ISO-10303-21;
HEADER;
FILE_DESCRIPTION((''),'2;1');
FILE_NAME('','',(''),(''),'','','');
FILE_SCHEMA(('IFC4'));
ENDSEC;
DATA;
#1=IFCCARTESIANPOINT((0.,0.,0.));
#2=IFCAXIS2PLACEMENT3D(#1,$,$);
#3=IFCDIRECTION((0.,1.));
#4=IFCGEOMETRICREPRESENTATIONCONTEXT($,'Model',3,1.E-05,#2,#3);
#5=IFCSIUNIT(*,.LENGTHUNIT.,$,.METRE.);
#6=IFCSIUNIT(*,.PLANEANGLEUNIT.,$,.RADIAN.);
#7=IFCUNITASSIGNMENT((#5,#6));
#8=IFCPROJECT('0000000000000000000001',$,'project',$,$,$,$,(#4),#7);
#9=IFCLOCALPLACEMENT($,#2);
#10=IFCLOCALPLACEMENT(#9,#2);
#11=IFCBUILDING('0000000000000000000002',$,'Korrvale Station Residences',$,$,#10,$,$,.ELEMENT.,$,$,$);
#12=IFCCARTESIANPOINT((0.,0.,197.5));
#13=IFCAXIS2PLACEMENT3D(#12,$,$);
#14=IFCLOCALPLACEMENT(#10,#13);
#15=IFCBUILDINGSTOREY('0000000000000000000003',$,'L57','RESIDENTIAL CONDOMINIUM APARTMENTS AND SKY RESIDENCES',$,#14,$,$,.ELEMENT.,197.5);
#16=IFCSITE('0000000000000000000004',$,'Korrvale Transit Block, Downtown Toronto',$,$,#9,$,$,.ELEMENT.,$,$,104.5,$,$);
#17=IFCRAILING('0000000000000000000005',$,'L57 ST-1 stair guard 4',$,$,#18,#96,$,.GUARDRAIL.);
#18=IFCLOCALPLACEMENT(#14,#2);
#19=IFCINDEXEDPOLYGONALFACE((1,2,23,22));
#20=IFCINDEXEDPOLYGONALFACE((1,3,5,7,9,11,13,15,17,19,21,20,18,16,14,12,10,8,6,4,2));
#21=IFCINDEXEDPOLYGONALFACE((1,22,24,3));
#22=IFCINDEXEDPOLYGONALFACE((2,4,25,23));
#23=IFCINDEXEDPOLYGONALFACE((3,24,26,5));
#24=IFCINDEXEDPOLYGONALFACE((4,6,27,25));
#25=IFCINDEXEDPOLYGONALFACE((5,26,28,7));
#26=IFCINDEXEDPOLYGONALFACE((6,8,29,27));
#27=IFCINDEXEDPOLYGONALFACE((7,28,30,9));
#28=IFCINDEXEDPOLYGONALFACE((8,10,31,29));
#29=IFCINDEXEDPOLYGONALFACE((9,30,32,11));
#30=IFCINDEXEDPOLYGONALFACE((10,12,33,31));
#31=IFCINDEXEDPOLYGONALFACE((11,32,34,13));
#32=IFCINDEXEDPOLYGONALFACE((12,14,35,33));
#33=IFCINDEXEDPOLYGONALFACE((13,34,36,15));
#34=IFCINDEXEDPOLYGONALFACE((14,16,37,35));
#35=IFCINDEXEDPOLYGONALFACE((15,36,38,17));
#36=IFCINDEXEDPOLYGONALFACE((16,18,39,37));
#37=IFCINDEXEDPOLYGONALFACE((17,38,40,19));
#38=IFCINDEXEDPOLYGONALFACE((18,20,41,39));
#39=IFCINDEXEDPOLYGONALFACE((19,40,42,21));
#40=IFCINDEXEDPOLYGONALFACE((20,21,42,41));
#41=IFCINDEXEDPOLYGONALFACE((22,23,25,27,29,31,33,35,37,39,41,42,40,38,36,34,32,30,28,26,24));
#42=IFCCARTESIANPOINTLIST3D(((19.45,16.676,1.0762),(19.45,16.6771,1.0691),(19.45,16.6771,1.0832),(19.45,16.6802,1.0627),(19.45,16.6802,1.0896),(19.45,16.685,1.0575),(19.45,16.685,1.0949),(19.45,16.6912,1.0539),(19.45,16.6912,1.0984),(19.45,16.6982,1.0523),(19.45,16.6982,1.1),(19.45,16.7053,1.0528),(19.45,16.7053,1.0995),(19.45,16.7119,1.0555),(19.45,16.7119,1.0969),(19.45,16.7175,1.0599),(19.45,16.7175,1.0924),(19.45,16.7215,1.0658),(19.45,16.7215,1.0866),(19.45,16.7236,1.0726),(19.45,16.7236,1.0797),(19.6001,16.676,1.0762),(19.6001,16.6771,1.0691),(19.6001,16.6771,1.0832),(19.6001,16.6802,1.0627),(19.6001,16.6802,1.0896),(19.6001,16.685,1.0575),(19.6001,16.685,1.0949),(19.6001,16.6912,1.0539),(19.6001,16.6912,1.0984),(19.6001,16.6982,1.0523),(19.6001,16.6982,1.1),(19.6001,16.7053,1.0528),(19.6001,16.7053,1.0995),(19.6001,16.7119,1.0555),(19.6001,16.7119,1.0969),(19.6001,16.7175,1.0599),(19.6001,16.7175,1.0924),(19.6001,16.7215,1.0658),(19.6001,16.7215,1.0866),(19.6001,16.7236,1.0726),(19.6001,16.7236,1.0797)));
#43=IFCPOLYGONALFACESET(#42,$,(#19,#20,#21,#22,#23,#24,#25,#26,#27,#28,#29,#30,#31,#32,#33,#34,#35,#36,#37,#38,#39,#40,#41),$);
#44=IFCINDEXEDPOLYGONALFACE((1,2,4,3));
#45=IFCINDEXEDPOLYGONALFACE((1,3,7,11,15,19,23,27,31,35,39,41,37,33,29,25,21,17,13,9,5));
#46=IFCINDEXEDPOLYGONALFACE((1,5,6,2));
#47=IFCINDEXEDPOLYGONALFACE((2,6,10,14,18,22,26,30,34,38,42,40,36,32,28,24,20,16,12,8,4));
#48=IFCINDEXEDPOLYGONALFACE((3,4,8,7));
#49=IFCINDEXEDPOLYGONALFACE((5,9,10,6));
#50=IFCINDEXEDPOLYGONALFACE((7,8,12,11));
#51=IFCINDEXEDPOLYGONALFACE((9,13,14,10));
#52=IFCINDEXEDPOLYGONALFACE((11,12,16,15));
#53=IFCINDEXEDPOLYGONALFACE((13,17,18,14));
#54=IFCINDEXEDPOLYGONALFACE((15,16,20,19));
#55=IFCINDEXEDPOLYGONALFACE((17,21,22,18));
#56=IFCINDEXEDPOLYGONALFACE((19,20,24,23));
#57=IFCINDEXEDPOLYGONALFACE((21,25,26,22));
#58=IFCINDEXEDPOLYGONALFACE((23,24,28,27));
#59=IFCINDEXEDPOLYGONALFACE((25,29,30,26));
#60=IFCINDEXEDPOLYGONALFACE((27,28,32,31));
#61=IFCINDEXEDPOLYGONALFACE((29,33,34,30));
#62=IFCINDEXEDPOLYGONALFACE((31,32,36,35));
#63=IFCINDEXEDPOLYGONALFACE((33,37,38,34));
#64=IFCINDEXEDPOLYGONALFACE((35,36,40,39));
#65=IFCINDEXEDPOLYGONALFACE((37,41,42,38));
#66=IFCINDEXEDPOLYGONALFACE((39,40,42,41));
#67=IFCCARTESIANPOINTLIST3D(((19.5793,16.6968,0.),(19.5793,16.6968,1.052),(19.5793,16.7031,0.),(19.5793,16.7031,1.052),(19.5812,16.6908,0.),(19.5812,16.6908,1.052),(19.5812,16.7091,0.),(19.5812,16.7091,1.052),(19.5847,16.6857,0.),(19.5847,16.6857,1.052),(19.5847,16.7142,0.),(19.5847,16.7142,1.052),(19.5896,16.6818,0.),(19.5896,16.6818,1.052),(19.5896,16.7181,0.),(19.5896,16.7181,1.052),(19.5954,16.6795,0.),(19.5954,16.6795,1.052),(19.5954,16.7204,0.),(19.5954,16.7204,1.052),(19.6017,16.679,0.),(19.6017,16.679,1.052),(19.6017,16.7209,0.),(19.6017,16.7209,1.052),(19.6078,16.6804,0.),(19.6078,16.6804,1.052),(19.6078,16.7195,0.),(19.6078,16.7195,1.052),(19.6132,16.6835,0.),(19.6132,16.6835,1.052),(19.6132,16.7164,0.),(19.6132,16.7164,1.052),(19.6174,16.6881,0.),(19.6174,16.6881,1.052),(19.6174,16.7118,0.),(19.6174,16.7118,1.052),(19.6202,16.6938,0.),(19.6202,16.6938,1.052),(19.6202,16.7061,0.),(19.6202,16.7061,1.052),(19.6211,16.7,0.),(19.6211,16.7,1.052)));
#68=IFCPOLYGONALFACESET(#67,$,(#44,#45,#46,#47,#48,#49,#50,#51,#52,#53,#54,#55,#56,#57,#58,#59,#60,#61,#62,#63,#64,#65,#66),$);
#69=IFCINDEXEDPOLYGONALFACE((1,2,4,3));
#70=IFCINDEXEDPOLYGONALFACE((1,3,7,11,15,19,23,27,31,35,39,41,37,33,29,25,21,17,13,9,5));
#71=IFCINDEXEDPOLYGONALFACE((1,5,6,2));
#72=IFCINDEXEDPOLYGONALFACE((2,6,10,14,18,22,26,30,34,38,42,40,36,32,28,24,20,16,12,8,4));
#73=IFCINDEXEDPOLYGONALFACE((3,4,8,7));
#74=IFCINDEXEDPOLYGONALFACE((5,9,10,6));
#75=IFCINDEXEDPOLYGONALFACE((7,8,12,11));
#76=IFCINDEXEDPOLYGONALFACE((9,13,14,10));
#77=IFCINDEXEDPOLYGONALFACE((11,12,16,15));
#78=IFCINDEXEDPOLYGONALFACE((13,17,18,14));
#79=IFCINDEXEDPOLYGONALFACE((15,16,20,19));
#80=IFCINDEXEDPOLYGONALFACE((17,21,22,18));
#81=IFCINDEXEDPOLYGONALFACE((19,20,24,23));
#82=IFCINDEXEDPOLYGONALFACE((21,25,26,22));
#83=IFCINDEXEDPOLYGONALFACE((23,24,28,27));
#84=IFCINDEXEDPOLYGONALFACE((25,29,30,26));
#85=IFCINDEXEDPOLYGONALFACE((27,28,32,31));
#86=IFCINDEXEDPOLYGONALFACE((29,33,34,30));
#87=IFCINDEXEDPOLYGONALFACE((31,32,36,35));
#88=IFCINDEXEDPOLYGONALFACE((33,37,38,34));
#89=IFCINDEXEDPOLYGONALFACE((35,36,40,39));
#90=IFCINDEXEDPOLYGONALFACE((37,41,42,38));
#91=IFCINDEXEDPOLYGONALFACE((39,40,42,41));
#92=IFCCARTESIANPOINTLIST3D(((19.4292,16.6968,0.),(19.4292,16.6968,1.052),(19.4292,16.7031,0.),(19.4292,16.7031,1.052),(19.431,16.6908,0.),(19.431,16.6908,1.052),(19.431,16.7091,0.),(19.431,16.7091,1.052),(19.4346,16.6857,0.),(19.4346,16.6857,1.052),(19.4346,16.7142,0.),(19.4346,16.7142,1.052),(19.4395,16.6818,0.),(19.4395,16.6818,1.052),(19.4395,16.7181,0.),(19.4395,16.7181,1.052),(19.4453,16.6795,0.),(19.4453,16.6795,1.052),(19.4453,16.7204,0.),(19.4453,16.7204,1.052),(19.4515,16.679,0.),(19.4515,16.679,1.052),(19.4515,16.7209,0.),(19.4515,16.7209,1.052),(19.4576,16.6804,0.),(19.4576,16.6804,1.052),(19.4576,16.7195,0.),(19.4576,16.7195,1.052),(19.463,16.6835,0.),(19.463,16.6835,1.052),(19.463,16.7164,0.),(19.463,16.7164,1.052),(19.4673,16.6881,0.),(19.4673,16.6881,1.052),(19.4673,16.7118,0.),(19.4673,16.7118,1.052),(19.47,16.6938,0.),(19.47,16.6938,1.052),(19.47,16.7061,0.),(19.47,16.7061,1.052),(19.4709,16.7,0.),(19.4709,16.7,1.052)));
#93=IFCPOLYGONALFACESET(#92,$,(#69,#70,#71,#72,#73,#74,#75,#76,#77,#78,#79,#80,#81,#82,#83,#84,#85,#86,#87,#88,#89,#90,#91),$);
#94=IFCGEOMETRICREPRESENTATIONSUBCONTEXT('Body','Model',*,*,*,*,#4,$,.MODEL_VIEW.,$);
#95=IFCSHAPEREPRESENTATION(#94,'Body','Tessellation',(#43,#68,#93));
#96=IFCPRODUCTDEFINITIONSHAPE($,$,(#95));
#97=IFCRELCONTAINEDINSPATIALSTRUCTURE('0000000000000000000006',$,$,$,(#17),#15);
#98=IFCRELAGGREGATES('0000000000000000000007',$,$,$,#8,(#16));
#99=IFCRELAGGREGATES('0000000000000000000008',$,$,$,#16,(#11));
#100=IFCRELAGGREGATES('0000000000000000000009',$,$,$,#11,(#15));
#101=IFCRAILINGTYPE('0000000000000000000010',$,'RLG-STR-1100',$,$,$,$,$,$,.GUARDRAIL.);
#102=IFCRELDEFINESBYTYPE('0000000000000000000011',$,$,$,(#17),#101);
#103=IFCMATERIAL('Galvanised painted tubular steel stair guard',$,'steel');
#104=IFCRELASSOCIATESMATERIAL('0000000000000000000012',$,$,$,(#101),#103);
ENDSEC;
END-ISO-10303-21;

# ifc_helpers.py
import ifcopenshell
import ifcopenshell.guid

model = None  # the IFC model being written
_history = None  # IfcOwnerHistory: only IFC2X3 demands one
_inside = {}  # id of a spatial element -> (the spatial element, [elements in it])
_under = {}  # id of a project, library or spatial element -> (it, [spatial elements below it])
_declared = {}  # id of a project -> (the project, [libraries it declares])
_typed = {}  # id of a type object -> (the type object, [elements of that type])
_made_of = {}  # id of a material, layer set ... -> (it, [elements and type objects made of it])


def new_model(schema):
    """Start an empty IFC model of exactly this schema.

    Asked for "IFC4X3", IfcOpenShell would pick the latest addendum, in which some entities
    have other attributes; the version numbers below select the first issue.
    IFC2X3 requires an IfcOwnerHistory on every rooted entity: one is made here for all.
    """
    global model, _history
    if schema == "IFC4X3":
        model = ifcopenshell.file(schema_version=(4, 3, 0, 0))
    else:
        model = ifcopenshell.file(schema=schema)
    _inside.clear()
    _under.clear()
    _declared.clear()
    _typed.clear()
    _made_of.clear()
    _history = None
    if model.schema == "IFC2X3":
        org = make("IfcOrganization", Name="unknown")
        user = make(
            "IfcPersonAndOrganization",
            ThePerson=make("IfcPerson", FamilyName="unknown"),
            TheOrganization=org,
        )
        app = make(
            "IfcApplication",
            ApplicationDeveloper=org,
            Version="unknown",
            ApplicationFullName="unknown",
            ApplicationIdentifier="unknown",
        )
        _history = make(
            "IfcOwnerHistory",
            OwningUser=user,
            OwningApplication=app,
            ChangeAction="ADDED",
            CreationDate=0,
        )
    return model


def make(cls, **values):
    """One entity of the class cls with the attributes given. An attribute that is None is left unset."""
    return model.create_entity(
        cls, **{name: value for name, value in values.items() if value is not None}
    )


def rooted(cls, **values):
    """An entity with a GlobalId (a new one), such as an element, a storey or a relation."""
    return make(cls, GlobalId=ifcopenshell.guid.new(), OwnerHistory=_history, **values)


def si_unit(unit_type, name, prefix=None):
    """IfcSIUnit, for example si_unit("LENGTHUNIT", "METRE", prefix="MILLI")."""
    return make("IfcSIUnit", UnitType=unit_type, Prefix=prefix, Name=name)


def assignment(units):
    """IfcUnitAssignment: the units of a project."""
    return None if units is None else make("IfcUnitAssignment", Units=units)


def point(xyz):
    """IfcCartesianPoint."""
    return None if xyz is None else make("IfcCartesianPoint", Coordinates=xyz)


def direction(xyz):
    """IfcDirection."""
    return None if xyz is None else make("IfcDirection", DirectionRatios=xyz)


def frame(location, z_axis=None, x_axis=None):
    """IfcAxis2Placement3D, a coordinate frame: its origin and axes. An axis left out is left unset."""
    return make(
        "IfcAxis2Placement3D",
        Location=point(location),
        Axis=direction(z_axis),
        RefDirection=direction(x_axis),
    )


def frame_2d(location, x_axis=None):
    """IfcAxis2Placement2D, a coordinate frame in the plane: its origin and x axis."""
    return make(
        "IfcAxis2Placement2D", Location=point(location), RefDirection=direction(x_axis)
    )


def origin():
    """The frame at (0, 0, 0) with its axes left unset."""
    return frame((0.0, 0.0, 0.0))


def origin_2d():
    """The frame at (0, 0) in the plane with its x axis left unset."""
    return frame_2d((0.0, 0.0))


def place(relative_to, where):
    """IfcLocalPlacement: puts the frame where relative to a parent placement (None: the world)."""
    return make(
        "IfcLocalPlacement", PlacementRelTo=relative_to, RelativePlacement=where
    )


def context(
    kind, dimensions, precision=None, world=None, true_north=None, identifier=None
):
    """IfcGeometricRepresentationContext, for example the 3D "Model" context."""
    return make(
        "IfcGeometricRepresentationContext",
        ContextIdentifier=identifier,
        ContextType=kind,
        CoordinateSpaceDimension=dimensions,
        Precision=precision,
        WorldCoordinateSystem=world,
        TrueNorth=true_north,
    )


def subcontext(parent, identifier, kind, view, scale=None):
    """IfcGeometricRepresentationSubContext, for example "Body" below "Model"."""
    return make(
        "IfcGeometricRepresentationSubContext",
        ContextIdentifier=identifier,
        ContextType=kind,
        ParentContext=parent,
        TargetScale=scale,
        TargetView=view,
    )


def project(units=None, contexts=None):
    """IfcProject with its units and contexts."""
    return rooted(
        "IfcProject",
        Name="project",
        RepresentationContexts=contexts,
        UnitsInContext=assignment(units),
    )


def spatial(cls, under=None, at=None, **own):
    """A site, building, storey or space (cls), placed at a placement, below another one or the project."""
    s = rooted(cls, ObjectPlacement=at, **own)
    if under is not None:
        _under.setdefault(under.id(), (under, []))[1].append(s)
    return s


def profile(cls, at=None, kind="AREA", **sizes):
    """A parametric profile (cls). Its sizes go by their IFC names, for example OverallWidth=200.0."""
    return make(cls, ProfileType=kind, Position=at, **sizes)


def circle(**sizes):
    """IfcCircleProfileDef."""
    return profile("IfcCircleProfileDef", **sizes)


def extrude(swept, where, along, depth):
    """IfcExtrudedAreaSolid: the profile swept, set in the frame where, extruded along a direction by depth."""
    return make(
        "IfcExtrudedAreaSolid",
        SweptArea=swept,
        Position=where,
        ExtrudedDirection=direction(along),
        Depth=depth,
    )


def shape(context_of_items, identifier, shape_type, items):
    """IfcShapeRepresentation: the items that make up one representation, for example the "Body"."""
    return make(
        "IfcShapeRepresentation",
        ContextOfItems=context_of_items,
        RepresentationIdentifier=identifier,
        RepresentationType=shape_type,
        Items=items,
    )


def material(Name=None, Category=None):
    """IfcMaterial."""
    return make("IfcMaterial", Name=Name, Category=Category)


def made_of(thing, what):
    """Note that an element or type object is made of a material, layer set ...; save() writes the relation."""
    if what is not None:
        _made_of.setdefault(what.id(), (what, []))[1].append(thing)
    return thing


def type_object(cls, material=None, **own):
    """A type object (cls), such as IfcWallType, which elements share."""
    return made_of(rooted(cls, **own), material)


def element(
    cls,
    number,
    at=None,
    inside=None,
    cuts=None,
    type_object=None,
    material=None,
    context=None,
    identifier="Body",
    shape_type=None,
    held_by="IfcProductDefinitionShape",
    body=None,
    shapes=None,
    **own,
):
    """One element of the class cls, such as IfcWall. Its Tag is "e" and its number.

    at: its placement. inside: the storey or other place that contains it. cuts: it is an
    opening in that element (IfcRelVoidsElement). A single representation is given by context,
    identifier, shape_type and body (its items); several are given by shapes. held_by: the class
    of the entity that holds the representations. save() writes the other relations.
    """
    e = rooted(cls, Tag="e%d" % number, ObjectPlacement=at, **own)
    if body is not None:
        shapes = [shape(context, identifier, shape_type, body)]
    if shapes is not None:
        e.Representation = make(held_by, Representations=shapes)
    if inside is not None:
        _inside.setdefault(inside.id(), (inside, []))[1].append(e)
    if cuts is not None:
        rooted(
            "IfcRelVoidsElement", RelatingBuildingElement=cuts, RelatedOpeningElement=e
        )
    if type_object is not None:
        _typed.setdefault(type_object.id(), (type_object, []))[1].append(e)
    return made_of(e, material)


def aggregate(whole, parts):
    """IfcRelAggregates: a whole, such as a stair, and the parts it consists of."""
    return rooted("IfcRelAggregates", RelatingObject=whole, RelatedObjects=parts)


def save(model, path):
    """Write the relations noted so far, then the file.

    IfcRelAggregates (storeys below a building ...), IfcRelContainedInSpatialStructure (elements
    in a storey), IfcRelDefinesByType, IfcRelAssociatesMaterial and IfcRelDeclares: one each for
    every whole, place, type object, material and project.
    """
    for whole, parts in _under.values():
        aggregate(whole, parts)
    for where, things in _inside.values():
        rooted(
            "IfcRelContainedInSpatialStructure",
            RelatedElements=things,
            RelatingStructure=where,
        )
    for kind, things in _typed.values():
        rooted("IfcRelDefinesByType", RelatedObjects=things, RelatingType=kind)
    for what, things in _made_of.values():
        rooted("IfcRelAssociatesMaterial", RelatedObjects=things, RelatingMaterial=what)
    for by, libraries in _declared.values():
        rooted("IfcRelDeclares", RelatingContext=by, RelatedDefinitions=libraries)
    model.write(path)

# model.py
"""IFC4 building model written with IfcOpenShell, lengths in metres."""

from ifc_helpers import new_model, si_unit, direction, frame, origin, origin_2d, place, context, subcontext, project, spatial, circle, extrude, material, type_object, element, save


model = new_model("IFC4")

# Units and contexts
model_context = context("Model", 3, precision=1e-05, world=origin(), true_north=direction((0.0, 1.0)))
body_context = subcontext(model_context, "Body", "Model", "MODEL_VIEW")
ifc_project = project(units=[si_unit("LENGTHUNIT", "METRE"), si_unit("PLANEANGLEUNIT", "RADIAN")], contexts=[model_context])

# Site, building, storey
site_placement = place(None, origin())
site = spatial("IfcSite", under=ifc_project, at=site_placement, Name="Korrvale Transit Block, Downtown Toronto", CompositionType="ELEMENT", RefElevation=104.5)
building_placement = place(site_placement, origin())
building = spatial("IfcBuilding", under=site, at=building_placement, Name="Korrvale Station Residences", CompositionType="ELEMENT")
storey_placement = place(building_placement, frame((0.0, 0.0, 197.5)))
storey = spatial("IfcBuildingStorey", under=building, at=storey_placement, Name="L57", Description="RESIDENTIAL CONDOMINIUM APARTMENTS AND SKY RESIDENCES", CompositionType="ELEMENT", Elevation=197.5)

# Railing
ifc_material_1 = material(Name="Galvanised painted tubular steel stair guard", Category="steel")
railing_type_1 = type_object("IfcRailingType", Name="RLG-STR-1100", PredefinedType="GUARDRAIL", material=ifc_material_1)
railing_1_placement = place(storey_placement, frame((19.6001, 16.7, 0.0)))
element("IfcRailing", 1, at=railing_1_placement, inside=storey, type_object=railing_type_1, Name="L57 ST-1 stair guard 4", PredefinedType="GUARDRAIL", context=body_context, shape_type="SweptSolid", body=[
    extrude(circle(Radius=0.0239, at=origin_2d()), frame((0.0, 0.0, 1.0762), z_axis=(-1.0, 0.0, 0.0), x_axis=(0.0, -1.0, 0.0)), (0.0, 0.0, 1.0), 0.1501),
    extrude(circle(Radius=0.021, at=origin_2d()), origin(), (0.0, 0.0, 1.0), 1.052),
    extrude(circle(Radius=0.021, at=origin_2d()), frame((-0.1501, 0.0, 0.0)), (0.0, 0.0, 1.0), 1.052),
])

save(model, "model.ifc")
